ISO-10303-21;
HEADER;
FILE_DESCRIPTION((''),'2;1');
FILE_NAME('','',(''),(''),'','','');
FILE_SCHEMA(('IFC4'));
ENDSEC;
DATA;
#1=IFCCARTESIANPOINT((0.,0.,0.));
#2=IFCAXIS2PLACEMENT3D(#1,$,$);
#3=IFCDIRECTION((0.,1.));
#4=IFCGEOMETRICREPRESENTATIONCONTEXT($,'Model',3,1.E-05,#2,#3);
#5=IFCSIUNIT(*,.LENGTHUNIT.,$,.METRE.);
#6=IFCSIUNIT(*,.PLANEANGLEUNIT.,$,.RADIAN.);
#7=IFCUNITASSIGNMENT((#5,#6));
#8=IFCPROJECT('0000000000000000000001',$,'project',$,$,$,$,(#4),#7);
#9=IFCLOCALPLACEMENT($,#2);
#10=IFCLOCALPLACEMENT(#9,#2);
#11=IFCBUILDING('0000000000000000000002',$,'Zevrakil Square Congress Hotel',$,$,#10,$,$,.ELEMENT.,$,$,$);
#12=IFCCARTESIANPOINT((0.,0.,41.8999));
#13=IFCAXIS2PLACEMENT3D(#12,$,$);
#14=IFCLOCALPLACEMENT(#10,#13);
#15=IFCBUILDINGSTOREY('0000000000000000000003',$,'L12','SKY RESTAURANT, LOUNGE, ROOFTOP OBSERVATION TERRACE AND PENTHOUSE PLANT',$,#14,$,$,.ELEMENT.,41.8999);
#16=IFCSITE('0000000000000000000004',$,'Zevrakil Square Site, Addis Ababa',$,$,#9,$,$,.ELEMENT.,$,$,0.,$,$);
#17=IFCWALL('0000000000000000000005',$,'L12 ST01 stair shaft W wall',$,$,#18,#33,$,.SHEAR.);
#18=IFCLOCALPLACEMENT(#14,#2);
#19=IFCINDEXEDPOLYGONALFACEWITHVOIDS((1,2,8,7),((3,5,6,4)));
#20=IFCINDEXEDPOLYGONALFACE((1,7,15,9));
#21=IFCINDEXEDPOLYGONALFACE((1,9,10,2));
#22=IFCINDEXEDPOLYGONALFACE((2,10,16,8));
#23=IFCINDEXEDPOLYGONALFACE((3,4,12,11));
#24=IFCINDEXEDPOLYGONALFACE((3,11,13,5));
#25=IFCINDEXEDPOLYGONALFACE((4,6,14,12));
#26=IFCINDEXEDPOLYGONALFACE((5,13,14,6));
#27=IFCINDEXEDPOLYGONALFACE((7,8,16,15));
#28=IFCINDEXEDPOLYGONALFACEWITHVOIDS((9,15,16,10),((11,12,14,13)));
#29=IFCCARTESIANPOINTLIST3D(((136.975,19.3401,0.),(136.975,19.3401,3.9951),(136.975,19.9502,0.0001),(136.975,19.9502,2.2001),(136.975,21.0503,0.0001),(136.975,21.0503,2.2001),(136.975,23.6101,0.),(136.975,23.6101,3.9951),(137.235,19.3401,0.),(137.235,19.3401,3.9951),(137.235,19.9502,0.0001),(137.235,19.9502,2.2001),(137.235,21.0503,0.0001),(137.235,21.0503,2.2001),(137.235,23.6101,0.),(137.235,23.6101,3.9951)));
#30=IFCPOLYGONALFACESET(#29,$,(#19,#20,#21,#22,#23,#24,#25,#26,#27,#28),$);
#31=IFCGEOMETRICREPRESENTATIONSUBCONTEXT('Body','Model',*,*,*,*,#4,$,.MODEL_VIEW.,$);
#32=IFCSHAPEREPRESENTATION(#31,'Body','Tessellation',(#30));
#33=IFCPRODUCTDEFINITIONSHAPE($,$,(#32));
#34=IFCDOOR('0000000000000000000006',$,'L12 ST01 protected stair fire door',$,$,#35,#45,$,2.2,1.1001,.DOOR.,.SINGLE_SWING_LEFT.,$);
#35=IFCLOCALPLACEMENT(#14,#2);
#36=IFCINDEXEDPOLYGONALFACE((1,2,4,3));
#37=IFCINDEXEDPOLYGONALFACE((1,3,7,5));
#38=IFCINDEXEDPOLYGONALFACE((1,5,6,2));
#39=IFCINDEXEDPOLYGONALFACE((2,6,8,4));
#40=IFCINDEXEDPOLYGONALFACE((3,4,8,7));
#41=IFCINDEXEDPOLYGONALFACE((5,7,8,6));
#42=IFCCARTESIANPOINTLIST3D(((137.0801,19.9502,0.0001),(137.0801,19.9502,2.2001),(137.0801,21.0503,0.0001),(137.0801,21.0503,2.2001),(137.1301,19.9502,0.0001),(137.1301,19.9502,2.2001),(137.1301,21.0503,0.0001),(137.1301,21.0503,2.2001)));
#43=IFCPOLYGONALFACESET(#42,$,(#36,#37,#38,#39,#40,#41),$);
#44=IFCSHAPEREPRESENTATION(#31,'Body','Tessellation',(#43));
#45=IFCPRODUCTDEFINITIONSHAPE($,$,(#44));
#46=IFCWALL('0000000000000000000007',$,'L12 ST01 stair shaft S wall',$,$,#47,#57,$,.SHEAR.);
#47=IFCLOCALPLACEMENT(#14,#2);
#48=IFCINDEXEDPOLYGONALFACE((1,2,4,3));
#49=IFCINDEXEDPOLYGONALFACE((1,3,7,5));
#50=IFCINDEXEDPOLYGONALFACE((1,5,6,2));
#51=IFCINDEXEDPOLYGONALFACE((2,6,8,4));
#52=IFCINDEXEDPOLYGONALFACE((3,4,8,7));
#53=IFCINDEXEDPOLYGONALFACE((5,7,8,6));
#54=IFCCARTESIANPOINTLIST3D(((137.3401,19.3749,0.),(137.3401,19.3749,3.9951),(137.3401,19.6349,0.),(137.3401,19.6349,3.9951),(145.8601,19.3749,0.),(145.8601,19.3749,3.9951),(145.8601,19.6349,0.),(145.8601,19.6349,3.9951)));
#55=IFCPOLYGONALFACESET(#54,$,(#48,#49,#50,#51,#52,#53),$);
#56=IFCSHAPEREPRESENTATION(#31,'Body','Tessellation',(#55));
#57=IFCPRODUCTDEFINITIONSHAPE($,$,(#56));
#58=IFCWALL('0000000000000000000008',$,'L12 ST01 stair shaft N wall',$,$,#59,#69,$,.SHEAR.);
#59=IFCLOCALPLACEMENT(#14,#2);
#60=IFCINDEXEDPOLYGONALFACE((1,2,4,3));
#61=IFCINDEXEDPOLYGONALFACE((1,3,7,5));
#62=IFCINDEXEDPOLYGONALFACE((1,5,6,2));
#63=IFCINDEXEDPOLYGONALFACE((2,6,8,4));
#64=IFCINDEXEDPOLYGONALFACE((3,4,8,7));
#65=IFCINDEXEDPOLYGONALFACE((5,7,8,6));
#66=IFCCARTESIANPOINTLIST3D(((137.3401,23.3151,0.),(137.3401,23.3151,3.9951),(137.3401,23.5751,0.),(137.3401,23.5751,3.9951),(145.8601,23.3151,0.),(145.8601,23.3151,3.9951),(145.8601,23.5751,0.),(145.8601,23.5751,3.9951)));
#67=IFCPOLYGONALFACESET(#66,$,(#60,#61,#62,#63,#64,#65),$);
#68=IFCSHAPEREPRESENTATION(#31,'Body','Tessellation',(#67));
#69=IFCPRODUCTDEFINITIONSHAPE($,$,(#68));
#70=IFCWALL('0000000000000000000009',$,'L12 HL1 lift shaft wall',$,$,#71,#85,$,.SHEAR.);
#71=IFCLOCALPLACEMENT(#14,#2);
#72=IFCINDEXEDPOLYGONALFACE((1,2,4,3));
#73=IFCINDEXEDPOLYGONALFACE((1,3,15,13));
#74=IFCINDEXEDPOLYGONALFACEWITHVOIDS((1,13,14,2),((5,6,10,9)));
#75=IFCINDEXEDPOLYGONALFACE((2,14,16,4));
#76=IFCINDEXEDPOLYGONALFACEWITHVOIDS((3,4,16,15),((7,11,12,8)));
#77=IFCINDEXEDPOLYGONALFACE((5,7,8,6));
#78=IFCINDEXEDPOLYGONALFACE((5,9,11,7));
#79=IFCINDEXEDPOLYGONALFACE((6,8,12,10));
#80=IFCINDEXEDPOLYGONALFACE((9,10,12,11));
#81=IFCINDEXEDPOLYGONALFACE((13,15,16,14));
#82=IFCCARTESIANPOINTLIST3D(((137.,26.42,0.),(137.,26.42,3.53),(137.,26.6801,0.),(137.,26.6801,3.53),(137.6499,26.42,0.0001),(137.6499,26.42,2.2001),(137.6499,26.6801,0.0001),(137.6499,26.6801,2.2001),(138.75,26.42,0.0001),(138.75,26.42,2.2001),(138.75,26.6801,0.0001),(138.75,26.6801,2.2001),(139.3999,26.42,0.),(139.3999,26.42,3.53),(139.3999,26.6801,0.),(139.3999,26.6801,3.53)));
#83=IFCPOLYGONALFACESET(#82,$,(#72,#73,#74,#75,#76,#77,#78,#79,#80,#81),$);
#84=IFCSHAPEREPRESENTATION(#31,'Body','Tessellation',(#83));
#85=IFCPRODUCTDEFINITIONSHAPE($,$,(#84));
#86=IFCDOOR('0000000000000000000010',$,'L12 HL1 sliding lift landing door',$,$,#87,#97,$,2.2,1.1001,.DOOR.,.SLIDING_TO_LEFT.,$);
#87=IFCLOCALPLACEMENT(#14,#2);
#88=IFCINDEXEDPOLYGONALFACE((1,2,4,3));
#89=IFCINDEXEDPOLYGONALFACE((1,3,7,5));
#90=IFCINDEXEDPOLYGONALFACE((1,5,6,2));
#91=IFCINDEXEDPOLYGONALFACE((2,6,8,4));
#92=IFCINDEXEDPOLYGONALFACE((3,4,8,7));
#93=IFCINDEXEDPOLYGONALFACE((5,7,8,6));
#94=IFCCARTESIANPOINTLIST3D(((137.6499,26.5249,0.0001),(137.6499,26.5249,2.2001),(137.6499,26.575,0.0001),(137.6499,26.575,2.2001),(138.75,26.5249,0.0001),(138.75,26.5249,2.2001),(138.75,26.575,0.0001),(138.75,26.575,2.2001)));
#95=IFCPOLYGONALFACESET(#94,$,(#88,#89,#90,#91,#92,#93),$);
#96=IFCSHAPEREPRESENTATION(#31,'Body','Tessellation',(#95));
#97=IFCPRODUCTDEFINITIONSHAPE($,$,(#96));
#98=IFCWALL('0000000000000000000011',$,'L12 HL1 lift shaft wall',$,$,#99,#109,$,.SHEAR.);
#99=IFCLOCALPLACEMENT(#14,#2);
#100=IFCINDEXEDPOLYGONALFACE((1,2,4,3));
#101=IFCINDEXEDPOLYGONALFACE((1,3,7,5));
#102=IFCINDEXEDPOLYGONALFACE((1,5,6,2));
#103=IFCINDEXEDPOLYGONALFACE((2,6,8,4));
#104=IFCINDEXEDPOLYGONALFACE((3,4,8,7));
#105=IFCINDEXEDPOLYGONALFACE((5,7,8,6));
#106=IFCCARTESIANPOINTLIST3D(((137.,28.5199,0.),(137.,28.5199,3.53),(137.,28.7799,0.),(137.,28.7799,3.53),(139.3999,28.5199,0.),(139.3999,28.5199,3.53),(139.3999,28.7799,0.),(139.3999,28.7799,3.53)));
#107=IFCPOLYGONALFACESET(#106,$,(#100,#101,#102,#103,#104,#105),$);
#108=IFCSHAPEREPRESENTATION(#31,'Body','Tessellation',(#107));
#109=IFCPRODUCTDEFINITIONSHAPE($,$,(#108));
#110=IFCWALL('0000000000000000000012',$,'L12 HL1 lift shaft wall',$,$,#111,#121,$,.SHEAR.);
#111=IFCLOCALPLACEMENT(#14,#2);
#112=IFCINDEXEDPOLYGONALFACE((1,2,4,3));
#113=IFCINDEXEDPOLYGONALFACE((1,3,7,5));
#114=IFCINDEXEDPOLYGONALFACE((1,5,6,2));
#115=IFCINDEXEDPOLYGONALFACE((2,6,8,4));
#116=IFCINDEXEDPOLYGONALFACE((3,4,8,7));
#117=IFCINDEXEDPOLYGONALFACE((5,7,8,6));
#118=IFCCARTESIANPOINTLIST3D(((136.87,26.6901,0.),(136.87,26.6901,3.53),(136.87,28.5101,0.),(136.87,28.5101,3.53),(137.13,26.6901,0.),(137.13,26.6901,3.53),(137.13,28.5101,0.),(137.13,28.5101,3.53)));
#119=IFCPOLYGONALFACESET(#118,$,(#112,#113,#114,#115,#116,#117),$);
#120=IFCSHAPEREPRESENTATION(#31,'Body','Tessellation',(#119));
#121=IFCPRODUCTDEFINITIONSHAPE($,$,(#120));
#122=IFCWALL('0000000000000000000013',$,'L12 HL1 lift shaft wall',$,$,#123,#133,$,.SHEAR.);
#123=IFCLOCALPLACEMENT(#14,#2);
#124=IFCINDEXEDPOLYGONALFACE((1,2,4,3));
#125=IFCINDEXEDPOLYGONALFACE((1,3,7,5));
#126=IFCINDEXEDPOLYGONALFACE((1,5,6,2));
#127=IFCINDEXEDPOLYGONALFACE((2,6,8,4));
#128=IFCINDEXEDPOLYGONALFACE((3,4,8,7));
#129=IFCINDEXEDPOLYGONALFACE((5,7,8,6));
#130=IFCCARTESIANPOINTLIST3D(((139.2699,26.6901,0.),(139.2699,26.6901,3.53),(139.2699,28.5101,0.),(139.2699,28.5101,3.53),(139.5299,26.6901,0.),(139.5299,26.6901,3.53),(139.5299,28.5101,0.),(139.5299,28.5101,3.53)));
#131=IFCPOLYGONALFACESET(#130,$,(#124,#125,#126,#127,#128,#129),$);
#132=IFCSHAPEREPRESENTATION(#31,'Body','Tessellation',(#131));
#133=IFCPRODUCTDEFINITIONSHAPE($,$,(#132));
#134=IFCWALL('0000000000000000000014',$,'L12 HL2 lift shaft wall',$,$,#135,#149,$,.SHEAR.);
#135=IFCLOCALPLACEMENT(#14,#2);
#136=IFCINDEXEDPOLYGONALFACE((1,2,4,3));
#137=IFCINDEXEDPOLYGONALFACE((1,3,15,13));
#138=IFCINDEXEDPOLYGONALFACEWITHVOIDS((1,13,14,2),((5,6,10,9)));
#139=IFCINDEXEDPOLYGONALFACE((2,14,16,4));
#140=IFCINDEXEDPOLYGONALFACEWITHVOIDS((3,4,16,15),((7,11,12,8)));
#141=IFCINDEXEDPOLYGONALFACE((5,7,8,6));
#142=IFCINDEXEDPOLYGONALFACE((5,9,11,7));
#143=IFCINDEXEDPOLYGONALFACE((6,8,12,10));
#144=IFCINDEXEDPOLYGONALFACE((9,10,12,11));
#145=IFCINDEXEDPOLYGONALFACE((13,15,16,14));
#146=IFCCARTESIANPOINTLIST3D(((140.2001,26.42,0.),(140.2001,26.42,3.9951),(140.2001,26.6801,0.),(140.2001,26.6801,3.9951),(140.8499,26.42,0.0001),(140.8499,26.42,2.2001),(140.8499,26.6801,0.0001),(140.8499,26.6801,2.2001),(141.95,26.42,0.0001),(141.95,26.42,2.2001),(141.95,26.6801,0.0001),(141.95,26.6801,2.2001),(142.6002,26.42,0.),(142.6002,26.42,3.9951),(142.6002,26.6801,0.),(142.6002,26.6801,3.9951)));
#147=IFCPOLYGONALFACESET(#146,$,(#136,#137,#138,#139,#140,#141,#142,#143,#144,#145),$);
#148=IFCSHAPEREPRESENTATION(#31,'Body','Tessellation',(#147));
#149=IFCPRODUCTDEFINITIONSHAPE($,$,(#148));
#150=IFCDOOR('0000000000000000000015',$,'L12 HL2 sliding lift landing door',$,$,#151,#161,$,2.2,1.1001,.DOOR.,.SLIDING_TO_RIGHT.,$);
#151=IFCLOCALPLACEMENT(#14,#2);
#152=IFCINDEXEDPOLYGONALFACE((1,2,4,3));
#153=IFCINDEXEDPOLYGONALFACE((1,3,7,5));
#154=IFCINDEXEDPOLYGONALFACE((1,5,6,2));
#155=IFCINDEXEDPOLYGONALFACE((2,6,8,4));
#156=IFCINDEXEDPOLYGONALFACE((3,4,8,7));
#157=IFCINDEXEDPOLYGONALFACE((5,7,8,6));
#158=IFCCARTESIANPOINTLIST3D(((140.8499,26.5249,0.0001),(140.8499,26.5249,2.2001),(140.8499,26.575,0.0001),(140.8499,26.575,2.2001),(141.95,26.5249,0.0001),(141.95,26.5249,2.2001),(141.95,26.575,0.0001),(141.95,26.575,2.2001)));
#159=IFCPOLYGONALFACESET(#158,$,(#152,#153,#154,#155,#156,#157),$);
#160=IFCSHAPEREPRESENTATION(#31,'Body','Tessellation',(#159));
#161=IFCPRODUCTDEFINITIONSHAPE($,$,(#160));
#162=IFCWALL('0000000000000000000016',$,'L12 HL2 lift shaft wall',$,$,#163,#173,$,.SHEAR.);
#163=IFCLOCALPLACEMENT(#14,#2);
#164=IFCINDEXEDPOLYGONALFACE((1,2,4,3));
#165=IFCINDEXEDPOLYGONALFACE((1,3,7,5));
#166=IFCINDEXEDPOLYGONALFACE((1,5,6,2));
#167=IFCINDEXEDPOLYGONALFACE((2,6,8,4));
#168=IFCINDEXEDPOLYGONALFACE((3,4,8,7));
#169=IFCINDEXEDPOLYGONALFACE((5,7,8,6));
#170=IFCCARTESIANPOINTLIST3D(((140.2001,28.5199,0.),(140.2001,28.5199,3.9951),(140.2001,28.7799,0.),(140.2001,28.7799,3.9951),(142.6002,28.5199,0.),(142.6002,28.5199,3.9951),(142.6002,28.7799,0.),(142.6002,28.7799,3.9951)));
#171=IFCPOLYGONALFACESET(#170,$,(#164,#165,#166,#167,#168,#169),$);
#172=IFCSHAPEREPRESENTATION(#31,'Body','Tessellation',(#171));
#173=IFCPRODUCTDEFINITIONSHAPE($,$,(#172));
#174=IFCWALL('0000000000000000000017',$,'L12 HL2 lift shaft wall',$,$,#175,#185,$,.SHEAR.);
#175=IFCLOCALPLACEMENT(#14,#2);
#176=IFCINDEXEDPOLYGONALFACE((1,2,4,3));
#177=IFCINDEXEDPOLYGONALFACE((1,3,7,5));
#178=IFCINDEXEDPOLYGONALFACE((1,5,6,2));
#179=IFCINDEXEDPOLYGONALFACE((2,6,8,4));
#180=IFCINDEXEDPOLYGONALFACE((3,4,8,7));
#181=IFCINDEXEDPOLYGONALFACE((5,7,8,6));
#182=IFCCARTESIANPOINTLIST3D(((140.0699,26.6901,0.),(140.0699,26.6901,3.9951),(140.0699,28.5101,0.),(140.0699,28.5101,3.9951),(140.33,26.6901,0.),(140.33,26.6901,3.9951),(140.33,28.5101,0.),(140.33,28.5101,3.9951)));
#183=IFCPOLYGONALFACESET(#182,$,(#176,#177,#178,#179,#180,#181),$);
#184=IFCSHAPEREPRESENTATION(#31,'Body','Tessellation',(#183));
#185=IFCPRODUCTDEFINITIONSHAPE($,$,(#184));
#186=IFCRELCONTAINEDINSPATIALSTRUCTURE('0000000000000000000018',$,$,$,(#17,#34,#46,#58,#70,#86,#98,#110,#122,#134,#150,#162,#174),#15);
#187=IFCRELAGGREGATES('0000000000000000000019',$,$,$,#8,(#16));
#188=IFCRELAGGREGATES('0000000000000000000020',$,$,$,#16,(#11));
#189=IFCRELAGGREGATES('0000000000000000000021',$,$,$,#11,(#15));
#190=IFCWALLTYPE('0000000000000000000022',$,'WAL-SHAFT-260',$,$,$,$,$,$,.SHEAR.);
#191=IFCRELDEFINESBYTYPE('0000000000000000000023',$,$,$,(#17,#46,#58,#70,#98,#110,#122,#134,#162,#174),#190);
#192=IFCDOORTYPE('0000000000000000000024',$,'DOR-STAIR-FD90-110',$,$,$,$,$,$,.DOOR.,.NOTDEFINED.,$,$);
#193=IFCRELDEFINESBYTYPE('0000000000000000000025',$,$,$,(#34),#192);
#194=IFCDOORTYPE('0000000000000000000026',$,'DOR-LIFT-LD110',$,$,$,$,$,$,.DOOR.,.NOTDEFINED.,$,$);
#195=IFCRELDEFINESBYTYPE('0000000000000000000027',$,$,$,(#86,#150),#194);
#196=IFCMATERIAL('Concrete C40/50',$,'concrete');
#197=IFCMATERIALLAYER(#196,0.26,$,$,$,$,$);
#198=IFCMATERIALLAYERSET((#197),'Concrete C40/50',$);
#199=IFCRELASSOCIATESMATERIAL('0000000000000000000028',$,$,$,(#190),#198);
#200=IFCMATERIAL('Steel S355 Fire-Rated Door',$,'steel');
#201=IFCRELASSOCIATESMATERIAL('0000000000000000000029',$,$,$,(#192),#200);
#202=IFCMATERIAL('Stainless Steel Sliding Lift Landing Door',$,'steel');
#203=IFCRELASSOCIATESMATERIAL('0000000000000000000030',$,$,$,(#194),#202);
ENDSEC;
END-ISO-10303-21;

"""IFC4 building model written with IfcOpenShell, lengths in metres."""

from ifc_helpers import new_model, si_unit, direction, frame, frame_2d, origin, place, context, subcontext, project, spatial, rectangle, extrude, material, layer, layer_set, type_object, element, fill, save


model = new_model("IFC4")

# Units and contexts
model_context = context("Model", 3, precision=1e-05, world=origin(), true_north=direction((0.0, 1.0)))
body_context = subcontext(model_context, "Body", "Model", "MODEL_VIEW")
ifc_project = project(units=[si_unit("LENGTHUNIT", "METRE"), si_unit("PLANEANGLEUNIT", "RADIAN")], contexts=[model_context])

# Site, building, storey
site_placement = place(None, origin())
site = spatial("IfcSite", under=ifc_project, at=site_placement, Name="Zevrakil Square Site, Addis Ababa", CompositionType="ELEMENT", RefElevation=0.0)
building_placement = place(site_placement, origin())
building = spatial("IfcBuilding", under=site, at=building_placement, Name="Zevrakil Square Congress Hotel", CompositionType="ELEMENT")
storey_placement = place(building_placement, frame((0.0, 0.0, 41.8999)))
storey = spatial("IfcBuildingStorey", under=building, at=storey_placement, Name="L12", Description="SKY RESTAURANT, LOUNGE, ROOFTOP OBSERVATION TERRACE AND PENTHOUSE PLANT", CompositionType="ELEMENT", Elevation=41.8999)

# Wall, opening, door
ifc_material_1 = material(Name="Concrete C40/50", Category="concrete")
ifc_layer_1 = layer(ifc_material_1, 0.26)
ifc_layer_set_1 = layer_set([ifc_layer_1], Name="Concrete C40/50")
wall_type_1 = type_object("IfcWallType", Name="WAL-SHAFT-260", PredefinedType="SHEAR", material=ifc_layer_set_1)
wall_1_placement = place(storey_placement, frame((137.105, 19.3401, 0.0), z_axis=(0.0, 0.0, 1.0), x_axis=(0.0, 1.0, 0.0)))
wall_1 = element("IfcWall", 1, at=wall_1_placement, inside=storey, type_object=wall_type_1, Name="L12 ST01 stair shaft W wall", PredefinedType="SHEAR", context=body_context, shape_type="SweptSolid", body=[
    extrude(rectangle(XDim=4.27, YDim=0.26, at=frame_2d((2.135, 0.0))), origin(), (0.0, 0.0, 1.0), 3.9951),
])
opening_1_placement = place(wall_1_placement, frame((0.6101, 0.0, 0.0)))
opening_1 = element("IfcOpeningElement", 2, at=opening_1_placement, cuts=wall_1, PredefinedType="OPENING", context=body_context, shape_type="SweptSolid", body=[
    extrude(rectangle(XDim=1.1001, YDim=2.2, at=frame_2d((0.55, 1.1001))), frame((0.0, 0.1401, 0.0), z_axis=(0.0, -1.0, 0.0), x_axis=(1.0, 0.0, 0.0)), (0.0, 0.0, 1.0), 0.28),
])
ifc_material_2 = material(Name="Steel S355 Fire-Rated Door", Category="steel")
door_type_1 = type_object("IfcDoorType", Name="DOR-STAIR-FD90-110", OperationType="NOTDEFINED", PredefinedType="DOOR", material=ifc_material_2)
door_1_placement = place(opening_1_placement, origin())
door_1 = element("IfcDoor", 3, at=door_1_placement, inside=storey, type_object=door_type_1, Name="L12 ST01 protected stair fire door", OperationType="SINGLE_SWING_LEFT", OverallHeight=2.2, OverallWidth=1.1001, PredefinedType="DOOR", context=body_context, shape_type="SweptSolid", body=[
    extrude(rectangle(XDim=1.1001, YDim=2.2, at=frame_2d((0.55, 1.1001))), frame((0.0, 0.0249, 0.0), z_axis=(0.0, -1.0, 0.0), x_axis=(1.0, 0.0, 0.0)), (0.0, 0.0, 1.0), 0.05),
])
fill(opening_1, door_1)

# Walls
for number, where, z_axis, x_axis, name in (
    (4, (137.3401, 19.5049, 0.0), (0.0, 0.0, 1.0), (1.0, 0.0, 0.0), "L12 ST01 stair shaft S wall"),
    (5, (137.3401, 23.4451, 0.0), (0.0, 0.0, 1.0), (1.0, 0.0, 0.0), "L12 ST01 stair shaft N wall"),
):
    element("IfcWall", number, at=place(storey_placement, frame(where, z_axis=z_axis, x_axis=x_axis)), inside=storey, type_object=wall_type_1, Name=name, PredefinedType="SHEAR", context=body_context, shape_type="SweptSolid", body=[
        extrude(rectangle(XDim=8.52, YDim=0.26, at=frame_2d((4.26, 0.0))), origin(), (0.0, 0.0, 1.0), 3.9951),
    ])

# Wall, opening, door
wall_2_placement = place(storey_placement, frame((137.0, 26.55, 0.0), z_axis=(0.0, 0.0, 1.0), x_axis=(1.0, 0.0, 0.0)))
wall_2 = element("IfcWall", 6, at=wall_2_placement, inside=storey, type_object=wall_type_1, Name="L12 HL1 lift shaft wall", PredefinedType="SHEAR", context=body_context, shape_type="SweptSolid", body=[
    extrude(rectangle(XDim=2.3999, YDim=0.26, at=frame_2d((1.2, 0.0))), origin(), (0.0, 0.0, 1.0), 3.53),
])
opening_2_placement = place(wall_2_placement, frame((0.6499, 0.0, 0.0)))
opening_2 = element("IfcOpeningElement", 7, at=opening_2_placement, cuts=wall_2, PredefinedType="OPENING", context=body_context, shape_type="SweptSolid", body=[
    extrude(rectangle(XDim=1.1001, YDim=2.2, at=frame_2d((0.55, 1.1001))), frame((0.0, 0.1401, 0.0), z_axis=(0.0, -1.0, 0.0), x_axis=(1.0, 0.0, 0.0)), (0.0, 0.0, 1.0), 0.28),
])
ifc_material_3 = material(Name="Stainless Steel Sliding Lift Landing Door", Category="steel")
door_type_2 = type_object("IfcDoorType", Name="DOR-LIFT-LD110", OperationType="NOTDEFINED", PredefinedType="DOOR", material=ifc_material_3)
door_2_placement = place(opening_2_placement, origin())
door_2 = element("IfcDoor", 8, at=door_2_placement, inside=storey, type_object=door_type_2, Name="L12 HL1 sliding lift landing door", OperationType="SLIDING_TO_LEFT", OverallHeight=2.2, OverallWidth=1.1001, PredefinedType="DOOR", context=body_context, shape_type="SweptSolid", body=[
    extrude(rectangle(XDim=1.1001, YDim=2.2, at=frame_2d((0.55, 1.1001))), frame((0.0, 0.0249, 0.0), z_axis=(0.0, -1.0, 0.0), x_axis=(1.0, 0.0, 0.0)), (0.0, 0.0, 1.0), 0.05),
])
fill(opening_2, door_2)

# Walls
wall_3_placement = place(storey_placement, frame((137.0, 28.6499, 0.0), z_axis=(0.0, 0.0, 1.0), x_axis=(1.0, 0.0, 0.0)))
element("IfcWall", 9, at=wall_3_placement, inside=storey, type_object=wall_type_1, Name="L12 HL1 lift shaft wall", PredefinedType="SHEAR", context=body_context, shape_type="SweptSolid", body=[
    extrude(rectangle(XDim=2.3999, YDim=0.26, at=frame_2d((1.2, 0.0))), origin(), (0.0, 0.0, 1.0), 3.53),
])
for number, where, z_axis, x_axis, name in (
    (10, (137.0, 26.6899, 0.0), (0.0, 0.0, 1.0), (0.0, 1.0, 0.0), "L12 HL1 lift shaft wall"),
    (11, (139.3999, 26.6899, 0.0), (0.0, 0.0, 1.0), (0.0, 1.0, 0.0), "L12 HL1 lift shaft wall"),
):
    element("IfcWall", number, at=place(storey_placement, frame(where, z_axis=z_axis, x_axis=x_axis)), inside=storey, type_object=wall_type_1, Name=name, PredefinedType="SHEAR", context=body_context, shape_type="SweptSolid", body=[
        extrude(rectangle(XDim=1.8201, YDim=0.26, at=frame_2d((0.9102, 0.0))), origin(), (0.0, 0.0, 1.0), 3.53),
    ])

# Wall, opening, door
wall_4_placement = place(storey_placement, frame((140.2, 26.55, 0.0), z_axis=(0.0, 0.0, 1.0), x_axis=(1.0, 0.0, 0.0)))
wall_4 = element("IfcWall", 12, at=wall_4_placement, inside=storey, type_object=wall_type_1, Name="L12 HL2 lift shaft wall", PredefinedType="SHEAR", context=body_context, shape_type="SweptSolid", body=[
    extrude(rectangle(XDim=2.4001, YDim=0.26, at=frame_2d((1.2002, 0.0))), origin(), (0.0, 0.0, 1.0), 3.9951),
])
opening_3_placement = place(wall_4_placement, frame((0.6499, 0.0, 0.0)))
opening_3 = element("IfcOpeningElement", 13, at=opening_3_placement, cuts=wall_4, PredefinedType="OPENING", context=body_context, shape_type="SweptSolid", body=[
    extrude(rectangle(XDim=1.1001, YDim=2.2, at=frame_2d((0.55, 1.1001))), frame((0.0, 0.1401, 0.0), z_axis=(0.0, -1.0, 0.0), x_axis=(1.0, 0.0, 0.0)), (0.0, 0.0, 1.0), 0.28),
])
door_3_placement = place(opening_3_placement, origin())
door_3 = element("IfcDoor", 14, at=door_3_placement, inside=storey, type_object=door_type_2, Name="L12 HL2 sliding lift landing door", OperationType="SLIDING_TO_RIGHT", OverallHeight=2.2, OverallWidth=1.1001, PredefinedType="DOOR", context=body_context, shape_type="SweptSolid", body=[
    extrude(rectangle(XDim=1.1001, YDim=2.2, at=frame_2d((0.55, 1.1001))), frame((0.0, 0.0249, 0.0), z_axis=(0.0, -1.0, 0.0), x_axis=(1.0, 0.0, 0.0)), (0.0, 0.0, 1.0), 0.05),
])
fill(opening_3, door_3)

# Walls
wall_5_placement = place(storey_placement, frame((140.2, 28.6499, 0.0), z_axis=(0.0, 0.0, 1.0), x_axis=(1.0, 0.0, 0.0)))
element("IfcWall", 15, at=wall_5_placement, inside=storey, type_object=wall_type_1, Name="L12 HL2 lift shaft wall", PredefinedType="SHEAR", context=body_context, shape_type="SweptSolid", body=[
    extrude(rectangle(XDim=2.4001, YDim=0.26, at=frame_2d((1.2002, 0.0))), origin(), (0.0, 0.0, 1.0), 3.9951),
])
for number, where, z_axis, x_axis, name in (
    (16, (140.2, 26.6899, 0.0), (0.0, 0.0, 1.0), (0.0, 1.0, 0.0), "L12 HL2 lift shaft wall"),
):
    element("IfcWall", number, at=place(storey_placement, frame(where, z_axis=z_axis, x_axis=x_axis)), inside=storey, type_object=wall_type_1, Name=name, PredefinedType="SHEAR", context=body_context, shape_type="SweptSolid", body=[
        extrude(rectangle(XDim=1.8201, YDim=0.26, at=frame_2d((0.9102, 0.0))), origin(), (0.0, 0.0, 1.0), 3.9951),
    ])

save(model, "model.ifc")
